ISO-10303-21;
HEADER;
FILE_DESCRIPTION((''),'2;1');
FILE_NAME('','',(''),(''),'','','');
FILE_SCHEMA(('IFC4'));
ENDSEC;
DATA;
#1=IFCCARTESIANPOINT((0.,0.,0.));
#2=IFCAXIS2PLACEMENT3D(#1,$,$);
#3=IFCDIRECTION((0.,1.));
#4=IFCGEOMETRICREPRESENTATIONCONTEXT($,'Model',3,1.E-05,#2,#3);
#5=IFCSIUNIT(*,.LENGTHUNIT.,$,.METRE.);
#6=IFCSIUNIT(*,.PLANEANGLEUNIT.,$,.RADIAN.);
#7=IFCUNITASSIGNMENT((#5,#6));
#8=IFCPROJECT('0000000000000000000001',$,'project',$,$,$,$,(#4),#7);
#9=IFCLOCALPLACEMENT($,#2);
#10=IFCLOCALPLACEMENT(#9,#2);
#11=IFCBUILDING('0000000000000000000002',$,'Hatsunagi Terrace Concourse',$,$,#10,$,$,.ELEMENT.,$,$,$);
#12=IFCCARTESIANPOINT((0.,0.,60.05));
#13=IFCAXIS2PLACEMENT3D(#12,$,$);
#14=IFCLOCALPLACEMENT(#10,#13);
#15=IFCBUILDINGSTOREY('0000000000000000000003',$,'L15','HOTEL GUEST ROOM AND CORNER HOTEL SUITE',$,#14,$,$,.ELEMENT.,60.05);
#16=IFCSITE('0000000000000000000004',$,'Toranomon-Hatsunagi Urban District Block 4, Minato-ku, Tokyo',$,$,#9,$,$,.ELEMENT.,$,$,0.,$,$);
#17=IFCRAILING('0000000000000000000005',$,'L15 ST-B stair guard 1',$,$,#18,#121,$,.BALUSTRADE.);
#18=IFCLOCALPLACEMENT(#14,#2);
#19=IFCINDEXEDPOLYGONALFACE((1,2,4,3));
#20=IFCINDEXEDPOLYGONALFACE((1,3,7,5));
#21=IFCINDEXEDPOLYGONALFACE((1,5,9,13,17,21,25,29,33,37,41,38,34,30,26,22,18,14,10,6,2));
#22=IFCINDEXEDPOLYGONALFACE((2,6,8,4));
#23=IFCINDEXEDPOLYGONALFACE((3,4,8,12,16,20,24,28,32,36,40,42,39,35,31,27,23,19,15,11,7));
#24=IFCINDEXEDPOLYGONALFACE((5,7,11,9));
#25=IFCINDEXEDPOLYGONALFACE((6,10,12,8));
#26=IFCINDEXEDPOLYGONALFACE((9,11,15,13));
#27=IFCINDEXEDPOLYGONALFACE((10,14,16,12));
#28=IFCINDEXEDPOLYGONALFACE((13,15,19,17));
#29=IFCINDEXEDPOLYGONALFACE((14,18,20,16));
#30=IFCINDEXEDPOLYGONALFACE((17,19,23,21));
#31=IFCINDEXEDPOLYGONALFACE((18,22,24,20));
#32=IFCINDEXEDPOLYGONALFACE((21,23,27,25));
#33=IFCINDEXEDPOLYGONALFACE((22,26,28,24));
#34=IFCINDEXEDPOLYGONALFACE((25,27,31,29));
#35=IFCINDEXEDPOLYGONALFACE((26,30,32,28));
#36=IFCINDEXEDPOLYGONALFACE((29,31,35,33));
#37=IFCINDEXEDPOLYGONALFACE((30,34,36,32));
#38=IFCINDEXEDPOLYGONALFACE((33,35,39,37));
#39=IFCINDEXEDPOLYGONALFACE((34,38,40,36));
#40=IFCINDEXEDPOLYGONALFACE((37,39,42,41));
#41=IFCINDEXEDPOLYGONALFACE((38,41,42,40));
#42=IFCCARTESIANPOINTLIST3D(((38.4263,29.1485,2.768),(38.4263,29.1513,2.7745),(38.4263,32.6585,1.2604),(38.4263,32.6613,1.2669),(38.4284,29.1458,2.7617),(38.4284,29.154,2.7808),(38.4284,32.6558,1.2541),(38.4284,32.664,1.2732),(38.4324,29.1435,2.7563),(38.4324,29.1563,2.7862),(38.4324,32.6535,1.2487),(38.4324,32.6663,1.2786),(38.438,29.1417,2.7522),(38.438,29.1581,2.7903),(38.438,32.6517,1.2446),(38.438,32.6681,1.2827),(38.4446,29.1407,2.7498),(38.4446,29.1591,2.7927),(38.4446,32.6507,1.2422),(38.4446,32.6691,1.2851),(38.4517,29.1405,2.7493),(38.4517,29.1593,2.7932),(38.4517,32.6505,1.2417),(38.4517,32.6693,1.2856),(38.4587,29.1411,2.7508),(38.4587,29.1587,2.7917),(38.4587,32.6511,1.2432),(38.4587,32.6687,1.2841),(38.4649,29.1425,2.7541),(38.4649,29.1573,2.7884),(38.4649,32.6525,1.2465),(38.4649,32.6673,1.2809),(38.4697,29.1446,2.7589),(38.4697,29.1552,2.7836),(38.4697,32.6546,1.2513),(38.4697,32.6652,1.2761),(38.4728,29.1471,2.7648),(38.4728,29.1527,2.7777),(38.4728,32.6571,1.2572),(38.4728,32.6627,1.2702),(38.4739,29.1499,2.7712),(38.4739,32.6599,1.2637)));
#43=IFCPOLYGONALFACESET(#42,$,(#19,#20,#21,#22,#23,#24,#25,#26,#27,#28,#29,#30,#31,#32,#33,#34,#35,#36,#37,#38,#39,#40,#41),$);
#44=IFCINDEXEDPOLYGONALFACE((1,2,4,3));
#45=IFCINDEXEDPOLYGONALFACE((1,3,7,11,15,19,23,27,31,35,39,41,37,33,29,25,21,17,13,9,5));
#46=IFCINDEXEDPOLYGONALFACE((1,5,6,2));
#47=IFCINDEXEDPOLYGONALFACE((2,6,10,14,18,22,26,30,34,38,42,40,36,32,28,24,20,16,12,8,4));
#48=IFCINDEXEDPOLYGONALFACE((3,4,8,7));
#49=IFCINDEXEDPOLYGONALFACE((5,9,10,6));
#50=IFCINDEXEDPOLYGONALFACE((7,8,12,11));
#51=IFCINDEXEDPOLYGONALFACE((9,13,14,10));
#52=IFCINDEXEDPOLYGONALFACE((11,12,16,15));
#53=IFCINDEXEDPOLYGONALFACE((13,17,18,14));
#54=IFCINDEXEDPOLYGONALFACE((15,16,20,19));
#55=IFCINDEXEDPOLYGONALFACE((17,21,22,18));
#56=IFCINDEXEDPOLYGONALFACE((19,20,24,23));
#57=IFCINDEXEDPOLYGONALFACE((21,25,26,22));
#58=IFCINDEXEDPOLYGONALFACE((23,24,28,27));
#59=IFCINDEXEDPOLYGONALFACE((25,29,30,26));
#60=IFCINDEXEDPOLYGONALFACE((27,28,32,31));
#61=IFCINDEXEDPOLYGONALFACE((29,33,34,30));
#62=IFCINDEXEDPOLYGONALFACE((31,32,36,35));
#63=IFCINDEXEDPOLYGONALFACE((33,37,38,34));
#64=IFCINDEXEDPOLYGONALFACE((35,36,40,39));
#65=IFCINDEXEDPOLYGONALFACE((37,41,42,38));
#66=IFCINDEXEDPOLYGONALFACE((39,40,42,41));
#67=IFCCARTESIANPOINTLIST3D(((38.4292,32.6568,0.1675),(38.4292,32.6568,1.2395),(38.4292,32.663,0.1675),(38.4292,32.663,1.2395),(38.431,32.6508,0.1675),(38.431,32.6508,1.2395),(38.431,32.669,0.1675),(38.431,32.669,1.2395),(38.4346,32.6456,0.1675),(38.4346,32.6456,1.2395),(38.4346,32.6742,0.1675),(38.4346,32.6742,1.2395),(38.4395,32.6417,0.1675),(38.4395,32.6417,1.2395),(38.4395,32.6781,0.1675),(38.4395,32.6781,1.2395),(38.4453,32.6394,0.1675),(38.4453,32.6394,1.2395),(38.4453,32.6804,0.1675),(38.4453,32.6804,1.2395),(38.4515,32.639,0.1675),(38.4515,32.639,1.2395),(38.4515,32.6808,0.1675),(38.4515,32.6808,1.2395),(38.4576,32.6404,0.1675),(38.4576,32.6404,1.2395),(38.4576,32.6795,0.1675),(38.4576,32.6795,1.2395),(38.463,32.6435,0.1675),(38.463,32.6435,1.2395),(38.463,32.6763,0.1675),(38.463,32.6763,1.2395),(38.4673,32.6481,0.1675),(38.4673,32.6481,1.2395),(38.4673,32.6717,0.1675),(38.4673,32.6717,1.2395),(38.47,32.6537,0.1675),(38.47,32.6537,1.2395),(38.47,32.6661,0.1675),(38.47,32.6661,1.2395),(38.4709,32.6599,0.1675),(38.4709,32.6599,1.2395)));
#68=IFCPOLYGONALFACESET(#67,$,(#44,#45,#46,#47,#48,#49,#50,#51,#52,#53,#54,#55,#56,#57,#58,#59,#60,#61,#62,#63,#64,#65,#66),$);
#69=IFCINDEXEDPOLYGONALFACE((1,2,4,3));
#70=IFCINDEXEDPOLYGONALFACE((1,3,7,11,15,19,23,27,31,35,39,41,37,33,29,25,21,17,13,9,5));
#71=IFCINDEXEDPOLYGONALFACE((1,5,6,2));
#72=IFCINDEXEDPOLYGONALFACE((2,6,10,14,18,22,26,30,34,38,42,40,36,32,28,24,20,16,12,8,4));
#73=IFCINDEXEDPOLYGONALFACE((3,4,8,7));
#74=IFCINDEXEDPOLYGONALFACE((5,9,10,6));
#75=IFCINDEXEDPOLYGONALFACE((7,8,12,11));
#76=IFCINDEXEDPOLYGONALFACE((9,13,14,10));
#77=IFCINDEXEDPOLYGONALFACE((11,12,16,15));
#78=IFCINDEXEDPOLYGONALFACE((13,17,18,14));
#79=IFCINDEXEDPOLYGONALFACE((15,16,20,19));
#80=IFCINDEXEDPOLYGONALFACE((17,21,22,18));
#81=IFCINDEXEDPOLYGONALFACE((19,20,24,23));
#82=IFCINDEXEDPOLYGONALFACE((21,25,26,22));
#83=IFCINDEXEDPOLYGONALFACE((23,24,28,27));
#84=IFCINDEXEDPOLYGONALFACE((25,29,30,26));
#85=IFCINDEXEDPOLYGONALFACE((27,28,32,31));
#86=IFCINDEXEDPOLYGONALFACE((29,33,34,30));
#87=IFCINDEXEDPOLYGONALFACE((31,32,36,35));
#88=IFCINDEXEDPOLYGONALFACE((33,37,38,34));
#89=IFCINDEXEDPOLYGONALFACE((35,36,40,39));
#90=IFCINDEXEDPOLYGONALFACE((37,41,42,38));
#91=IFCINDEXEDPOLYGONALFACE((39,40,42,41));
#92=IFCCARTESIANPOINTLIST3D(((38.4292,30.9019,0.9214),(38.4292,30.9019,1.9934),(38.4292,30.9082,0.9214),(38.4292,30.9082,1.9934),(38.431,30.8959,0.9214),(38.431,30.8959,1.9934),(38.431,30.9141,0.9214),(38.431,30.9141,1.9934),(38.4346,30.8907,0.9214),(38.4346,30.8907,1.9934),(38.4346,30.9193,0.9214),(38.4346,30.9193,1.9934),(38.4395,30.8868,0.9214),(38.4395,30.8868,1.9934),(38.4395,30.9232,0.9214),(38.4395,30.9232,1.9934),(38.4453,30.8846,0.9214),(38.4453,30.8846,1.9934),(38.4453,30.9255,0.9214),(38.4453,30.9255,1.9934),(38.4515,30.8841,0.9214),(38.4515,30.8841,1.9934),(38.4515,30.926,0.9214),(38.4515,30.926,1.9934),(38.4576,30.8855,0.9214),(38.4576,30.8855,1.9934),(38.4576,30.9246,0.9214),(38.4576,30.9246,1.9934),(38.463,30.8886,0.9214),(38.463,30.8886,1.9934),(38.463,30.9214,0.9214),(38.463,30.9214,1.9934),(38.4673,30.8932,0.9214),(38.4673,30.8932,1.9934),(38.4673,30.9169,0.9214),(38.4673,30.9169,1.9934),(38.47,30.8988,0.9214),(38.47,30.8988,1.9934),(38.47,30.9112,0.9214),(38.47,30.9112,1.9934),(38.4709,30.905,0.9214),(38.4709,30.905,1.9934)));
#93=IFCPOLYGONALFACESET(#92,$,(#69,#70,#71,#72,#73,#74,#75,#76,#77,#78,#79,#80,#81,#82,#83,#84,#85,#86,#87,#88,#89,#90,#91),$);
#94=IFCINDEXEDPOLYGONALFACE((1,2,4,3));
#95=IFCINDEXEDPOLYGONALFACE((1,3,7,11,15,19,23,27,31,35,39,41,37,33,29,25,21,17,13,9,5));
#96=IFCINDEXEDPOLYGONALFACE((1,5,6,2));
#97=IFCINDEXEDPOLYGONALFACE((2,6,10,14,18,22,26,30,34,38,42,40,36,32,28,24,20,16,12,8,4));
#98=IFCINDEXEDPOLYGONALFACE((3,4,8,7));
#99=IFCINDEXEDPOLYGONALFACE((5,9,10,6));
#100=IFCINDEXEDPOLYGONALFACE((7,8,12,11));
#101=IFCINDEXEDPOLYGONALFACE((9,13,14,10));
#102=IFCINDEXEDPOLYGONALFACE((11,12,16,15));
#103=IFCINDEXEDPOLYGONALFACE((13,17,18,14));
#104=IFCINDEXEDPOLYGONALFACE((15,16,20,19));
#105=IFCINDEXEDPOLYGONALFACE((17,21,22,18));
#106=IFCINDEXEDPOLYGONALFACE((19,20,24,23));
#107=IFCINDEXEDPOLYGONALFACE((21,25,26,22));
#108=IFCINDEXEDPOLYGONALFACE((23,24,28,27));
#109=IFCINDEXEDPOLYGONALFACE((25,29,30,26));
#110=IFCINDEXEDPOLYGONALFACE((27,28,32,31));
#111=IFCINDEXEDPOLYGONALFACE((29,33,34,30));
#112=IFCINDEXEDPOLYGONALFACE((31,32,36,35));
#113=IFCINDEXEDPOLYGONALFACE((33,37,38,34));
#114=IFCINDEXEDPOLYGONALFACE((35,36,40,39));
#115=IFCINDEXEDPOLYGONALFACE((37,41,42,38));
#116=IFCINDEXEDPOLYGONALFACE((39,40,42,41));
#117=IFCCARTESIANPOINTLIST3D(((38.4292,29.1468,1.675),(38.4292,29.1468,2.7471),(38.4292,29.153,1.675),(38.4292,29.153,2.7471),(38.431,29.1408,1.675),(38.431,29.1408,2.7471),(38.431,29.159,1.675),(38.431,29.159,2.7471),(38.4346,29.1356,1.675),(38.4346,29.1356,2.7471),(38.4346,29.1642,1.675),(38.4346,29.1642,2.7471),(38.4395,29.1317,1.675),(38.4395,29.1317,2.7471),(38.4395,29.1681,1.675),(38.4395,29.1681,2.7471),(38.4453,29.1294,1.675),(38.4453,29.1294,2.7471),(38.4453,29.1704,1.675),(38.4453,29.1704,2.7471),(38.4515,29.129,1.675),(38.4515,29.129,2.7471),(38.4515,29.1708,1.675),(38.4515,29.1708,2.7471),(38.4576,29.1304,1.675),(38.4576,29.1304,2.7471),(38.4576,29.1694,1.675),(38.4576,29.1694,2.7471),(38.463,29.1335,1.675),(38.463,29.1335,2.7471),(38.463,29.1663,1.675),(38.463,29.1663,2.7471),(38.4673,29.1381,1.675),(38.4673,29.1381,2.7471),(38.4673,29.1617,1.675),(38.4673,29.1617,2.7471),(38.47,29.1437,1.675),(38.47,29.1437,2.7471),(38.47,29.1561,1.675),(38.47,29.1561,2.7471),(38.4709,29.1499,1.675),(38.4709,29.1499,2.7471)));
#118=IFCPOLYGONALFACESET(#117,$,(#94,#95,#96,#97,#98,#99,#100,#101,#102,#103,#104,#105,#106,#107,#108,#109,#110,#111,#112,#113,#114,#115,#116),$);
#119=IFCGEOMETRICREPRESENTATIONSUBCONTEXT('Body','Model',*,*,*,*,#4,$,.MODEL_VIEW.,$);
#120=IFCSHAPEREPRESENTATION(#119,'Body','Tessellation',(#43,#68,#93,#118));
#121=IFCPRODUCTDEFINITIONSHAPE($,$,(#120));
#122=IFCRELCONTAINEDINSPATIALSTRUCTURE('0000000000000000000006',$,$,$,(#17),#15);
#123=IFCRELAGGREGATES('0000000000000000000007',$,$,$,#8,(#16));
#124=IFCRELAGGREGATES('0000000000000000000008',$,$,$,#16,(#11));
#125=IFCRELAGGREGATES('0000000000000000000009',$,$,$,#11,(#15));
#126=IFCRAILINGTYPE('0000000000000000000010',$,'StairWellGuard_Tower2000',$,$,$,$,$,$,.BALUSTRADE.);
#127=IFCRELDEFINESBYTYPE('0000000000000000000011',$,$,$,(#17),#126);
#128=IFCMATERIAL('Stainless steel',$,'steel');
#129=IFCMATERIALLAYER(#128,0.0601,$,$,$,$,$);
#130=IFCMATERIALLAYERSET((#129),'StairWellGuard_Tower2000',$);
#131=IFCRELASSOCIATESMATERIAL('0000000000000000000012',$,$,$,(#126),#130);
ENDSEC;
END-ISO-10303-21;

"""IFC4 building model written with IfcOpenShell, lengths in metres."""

from ifc_helpers import new_model, si_unit, direction, frame, origin, origin_2d, place, context, subcontext, project, spatial, circle, extrude, material, layer, layer_set, type_object, element, save


model = new_model("IFC4")

# Units and contexts
model_context = context("Model", 3, precision=1e-05, world=origin(), true_north=direction((0.0, 1.0)))
body_context = subcontext(model_context, "Body", "Model", "MODEL_VIEW")
ifc_project = project(units=[si_unit("LENGTHUNIT", "METRE"), si_unit("PLANEANGLEUNIT", "RADIAN")], contexts=[model_context])

# Site, building, storey
site_placement = place(None, origin())
site = spatial("IfcSite", under=ifc_project, at=site_placement, Name="Toranomon-Hatsunagi Urban District Block 4, Minato-ku, Tokyo", CompositionType="ELEMENT", RefElevation=0.0)
building_placement = place(site_placement, origin())
building = spatial("IfcBuilding", under=site, at=building_placement, Name="Hatsunagi Terrace Concourse", CompositionType="ELEMENT")
storey_placement = place(building_placement, frame((0.0, 0.0, 60.05)))
storey = spatial("IfcBuildingStorey", under=building, at=storey_placement, Name="L15", Description="HOTEL GUEST ROOM AND CORNER HOTEL SUITE", CompositionType="ELEMENT", Elevation=60.05)

# Railing
ifc_material_1 = material(Name="Stainless steel", Category="steel")
ifc_layer_1 = layer(ifc_material_1, 0.0601)
ifc_layer_set_1 = layer_set([ifc_layer_1], Name="StairWellGuard_Tower2000")
railing_type_1 = type_object("IfcRailingType", Name="StairWellGuard_Tower2000", PredefinedType="BALUSTRADE", material=ifc_layer_set_1)
railing_1_placement = place(storey_placement, frame((38.45, 32.6599, 0.1675)))
element("IfcRailing", 1, at=railing_1_placement, inside=storey, type_object=railing_type_1, Name="L15 ST-B stair guard 1", PredefinedType="BALUSTRADE", context=body_context, shape_type="SweptSolid", body=[
    extrude(circle(Radius=0.0239, at=origin_2d()), frame((0.0, 0.0, 1.0962), z_axis=(0.0, -0.918834, 0.394644), x_axis=(1.0, 0.0, 0.0)), (0.0, 0.0, 1.0), 3.8201),
    extrude(circle(Radius=0.021, at=origin_2d()), origin(), (0.0, 0.0, 1.0), 1.072),
    extrude(circle(Radius=0.021, at=origin_2d()), frame((0.0, -1.7549, 0.7539)), (0.0, 0.0, 1.0), 1.072),
    extrude(circle(Radius=0.021, at=origin_2d()), frame((0.0, -3.51, 1.5076)), (0.0, 0.0, 1.0), 1.072),
])

save(model, "model.ifc")
